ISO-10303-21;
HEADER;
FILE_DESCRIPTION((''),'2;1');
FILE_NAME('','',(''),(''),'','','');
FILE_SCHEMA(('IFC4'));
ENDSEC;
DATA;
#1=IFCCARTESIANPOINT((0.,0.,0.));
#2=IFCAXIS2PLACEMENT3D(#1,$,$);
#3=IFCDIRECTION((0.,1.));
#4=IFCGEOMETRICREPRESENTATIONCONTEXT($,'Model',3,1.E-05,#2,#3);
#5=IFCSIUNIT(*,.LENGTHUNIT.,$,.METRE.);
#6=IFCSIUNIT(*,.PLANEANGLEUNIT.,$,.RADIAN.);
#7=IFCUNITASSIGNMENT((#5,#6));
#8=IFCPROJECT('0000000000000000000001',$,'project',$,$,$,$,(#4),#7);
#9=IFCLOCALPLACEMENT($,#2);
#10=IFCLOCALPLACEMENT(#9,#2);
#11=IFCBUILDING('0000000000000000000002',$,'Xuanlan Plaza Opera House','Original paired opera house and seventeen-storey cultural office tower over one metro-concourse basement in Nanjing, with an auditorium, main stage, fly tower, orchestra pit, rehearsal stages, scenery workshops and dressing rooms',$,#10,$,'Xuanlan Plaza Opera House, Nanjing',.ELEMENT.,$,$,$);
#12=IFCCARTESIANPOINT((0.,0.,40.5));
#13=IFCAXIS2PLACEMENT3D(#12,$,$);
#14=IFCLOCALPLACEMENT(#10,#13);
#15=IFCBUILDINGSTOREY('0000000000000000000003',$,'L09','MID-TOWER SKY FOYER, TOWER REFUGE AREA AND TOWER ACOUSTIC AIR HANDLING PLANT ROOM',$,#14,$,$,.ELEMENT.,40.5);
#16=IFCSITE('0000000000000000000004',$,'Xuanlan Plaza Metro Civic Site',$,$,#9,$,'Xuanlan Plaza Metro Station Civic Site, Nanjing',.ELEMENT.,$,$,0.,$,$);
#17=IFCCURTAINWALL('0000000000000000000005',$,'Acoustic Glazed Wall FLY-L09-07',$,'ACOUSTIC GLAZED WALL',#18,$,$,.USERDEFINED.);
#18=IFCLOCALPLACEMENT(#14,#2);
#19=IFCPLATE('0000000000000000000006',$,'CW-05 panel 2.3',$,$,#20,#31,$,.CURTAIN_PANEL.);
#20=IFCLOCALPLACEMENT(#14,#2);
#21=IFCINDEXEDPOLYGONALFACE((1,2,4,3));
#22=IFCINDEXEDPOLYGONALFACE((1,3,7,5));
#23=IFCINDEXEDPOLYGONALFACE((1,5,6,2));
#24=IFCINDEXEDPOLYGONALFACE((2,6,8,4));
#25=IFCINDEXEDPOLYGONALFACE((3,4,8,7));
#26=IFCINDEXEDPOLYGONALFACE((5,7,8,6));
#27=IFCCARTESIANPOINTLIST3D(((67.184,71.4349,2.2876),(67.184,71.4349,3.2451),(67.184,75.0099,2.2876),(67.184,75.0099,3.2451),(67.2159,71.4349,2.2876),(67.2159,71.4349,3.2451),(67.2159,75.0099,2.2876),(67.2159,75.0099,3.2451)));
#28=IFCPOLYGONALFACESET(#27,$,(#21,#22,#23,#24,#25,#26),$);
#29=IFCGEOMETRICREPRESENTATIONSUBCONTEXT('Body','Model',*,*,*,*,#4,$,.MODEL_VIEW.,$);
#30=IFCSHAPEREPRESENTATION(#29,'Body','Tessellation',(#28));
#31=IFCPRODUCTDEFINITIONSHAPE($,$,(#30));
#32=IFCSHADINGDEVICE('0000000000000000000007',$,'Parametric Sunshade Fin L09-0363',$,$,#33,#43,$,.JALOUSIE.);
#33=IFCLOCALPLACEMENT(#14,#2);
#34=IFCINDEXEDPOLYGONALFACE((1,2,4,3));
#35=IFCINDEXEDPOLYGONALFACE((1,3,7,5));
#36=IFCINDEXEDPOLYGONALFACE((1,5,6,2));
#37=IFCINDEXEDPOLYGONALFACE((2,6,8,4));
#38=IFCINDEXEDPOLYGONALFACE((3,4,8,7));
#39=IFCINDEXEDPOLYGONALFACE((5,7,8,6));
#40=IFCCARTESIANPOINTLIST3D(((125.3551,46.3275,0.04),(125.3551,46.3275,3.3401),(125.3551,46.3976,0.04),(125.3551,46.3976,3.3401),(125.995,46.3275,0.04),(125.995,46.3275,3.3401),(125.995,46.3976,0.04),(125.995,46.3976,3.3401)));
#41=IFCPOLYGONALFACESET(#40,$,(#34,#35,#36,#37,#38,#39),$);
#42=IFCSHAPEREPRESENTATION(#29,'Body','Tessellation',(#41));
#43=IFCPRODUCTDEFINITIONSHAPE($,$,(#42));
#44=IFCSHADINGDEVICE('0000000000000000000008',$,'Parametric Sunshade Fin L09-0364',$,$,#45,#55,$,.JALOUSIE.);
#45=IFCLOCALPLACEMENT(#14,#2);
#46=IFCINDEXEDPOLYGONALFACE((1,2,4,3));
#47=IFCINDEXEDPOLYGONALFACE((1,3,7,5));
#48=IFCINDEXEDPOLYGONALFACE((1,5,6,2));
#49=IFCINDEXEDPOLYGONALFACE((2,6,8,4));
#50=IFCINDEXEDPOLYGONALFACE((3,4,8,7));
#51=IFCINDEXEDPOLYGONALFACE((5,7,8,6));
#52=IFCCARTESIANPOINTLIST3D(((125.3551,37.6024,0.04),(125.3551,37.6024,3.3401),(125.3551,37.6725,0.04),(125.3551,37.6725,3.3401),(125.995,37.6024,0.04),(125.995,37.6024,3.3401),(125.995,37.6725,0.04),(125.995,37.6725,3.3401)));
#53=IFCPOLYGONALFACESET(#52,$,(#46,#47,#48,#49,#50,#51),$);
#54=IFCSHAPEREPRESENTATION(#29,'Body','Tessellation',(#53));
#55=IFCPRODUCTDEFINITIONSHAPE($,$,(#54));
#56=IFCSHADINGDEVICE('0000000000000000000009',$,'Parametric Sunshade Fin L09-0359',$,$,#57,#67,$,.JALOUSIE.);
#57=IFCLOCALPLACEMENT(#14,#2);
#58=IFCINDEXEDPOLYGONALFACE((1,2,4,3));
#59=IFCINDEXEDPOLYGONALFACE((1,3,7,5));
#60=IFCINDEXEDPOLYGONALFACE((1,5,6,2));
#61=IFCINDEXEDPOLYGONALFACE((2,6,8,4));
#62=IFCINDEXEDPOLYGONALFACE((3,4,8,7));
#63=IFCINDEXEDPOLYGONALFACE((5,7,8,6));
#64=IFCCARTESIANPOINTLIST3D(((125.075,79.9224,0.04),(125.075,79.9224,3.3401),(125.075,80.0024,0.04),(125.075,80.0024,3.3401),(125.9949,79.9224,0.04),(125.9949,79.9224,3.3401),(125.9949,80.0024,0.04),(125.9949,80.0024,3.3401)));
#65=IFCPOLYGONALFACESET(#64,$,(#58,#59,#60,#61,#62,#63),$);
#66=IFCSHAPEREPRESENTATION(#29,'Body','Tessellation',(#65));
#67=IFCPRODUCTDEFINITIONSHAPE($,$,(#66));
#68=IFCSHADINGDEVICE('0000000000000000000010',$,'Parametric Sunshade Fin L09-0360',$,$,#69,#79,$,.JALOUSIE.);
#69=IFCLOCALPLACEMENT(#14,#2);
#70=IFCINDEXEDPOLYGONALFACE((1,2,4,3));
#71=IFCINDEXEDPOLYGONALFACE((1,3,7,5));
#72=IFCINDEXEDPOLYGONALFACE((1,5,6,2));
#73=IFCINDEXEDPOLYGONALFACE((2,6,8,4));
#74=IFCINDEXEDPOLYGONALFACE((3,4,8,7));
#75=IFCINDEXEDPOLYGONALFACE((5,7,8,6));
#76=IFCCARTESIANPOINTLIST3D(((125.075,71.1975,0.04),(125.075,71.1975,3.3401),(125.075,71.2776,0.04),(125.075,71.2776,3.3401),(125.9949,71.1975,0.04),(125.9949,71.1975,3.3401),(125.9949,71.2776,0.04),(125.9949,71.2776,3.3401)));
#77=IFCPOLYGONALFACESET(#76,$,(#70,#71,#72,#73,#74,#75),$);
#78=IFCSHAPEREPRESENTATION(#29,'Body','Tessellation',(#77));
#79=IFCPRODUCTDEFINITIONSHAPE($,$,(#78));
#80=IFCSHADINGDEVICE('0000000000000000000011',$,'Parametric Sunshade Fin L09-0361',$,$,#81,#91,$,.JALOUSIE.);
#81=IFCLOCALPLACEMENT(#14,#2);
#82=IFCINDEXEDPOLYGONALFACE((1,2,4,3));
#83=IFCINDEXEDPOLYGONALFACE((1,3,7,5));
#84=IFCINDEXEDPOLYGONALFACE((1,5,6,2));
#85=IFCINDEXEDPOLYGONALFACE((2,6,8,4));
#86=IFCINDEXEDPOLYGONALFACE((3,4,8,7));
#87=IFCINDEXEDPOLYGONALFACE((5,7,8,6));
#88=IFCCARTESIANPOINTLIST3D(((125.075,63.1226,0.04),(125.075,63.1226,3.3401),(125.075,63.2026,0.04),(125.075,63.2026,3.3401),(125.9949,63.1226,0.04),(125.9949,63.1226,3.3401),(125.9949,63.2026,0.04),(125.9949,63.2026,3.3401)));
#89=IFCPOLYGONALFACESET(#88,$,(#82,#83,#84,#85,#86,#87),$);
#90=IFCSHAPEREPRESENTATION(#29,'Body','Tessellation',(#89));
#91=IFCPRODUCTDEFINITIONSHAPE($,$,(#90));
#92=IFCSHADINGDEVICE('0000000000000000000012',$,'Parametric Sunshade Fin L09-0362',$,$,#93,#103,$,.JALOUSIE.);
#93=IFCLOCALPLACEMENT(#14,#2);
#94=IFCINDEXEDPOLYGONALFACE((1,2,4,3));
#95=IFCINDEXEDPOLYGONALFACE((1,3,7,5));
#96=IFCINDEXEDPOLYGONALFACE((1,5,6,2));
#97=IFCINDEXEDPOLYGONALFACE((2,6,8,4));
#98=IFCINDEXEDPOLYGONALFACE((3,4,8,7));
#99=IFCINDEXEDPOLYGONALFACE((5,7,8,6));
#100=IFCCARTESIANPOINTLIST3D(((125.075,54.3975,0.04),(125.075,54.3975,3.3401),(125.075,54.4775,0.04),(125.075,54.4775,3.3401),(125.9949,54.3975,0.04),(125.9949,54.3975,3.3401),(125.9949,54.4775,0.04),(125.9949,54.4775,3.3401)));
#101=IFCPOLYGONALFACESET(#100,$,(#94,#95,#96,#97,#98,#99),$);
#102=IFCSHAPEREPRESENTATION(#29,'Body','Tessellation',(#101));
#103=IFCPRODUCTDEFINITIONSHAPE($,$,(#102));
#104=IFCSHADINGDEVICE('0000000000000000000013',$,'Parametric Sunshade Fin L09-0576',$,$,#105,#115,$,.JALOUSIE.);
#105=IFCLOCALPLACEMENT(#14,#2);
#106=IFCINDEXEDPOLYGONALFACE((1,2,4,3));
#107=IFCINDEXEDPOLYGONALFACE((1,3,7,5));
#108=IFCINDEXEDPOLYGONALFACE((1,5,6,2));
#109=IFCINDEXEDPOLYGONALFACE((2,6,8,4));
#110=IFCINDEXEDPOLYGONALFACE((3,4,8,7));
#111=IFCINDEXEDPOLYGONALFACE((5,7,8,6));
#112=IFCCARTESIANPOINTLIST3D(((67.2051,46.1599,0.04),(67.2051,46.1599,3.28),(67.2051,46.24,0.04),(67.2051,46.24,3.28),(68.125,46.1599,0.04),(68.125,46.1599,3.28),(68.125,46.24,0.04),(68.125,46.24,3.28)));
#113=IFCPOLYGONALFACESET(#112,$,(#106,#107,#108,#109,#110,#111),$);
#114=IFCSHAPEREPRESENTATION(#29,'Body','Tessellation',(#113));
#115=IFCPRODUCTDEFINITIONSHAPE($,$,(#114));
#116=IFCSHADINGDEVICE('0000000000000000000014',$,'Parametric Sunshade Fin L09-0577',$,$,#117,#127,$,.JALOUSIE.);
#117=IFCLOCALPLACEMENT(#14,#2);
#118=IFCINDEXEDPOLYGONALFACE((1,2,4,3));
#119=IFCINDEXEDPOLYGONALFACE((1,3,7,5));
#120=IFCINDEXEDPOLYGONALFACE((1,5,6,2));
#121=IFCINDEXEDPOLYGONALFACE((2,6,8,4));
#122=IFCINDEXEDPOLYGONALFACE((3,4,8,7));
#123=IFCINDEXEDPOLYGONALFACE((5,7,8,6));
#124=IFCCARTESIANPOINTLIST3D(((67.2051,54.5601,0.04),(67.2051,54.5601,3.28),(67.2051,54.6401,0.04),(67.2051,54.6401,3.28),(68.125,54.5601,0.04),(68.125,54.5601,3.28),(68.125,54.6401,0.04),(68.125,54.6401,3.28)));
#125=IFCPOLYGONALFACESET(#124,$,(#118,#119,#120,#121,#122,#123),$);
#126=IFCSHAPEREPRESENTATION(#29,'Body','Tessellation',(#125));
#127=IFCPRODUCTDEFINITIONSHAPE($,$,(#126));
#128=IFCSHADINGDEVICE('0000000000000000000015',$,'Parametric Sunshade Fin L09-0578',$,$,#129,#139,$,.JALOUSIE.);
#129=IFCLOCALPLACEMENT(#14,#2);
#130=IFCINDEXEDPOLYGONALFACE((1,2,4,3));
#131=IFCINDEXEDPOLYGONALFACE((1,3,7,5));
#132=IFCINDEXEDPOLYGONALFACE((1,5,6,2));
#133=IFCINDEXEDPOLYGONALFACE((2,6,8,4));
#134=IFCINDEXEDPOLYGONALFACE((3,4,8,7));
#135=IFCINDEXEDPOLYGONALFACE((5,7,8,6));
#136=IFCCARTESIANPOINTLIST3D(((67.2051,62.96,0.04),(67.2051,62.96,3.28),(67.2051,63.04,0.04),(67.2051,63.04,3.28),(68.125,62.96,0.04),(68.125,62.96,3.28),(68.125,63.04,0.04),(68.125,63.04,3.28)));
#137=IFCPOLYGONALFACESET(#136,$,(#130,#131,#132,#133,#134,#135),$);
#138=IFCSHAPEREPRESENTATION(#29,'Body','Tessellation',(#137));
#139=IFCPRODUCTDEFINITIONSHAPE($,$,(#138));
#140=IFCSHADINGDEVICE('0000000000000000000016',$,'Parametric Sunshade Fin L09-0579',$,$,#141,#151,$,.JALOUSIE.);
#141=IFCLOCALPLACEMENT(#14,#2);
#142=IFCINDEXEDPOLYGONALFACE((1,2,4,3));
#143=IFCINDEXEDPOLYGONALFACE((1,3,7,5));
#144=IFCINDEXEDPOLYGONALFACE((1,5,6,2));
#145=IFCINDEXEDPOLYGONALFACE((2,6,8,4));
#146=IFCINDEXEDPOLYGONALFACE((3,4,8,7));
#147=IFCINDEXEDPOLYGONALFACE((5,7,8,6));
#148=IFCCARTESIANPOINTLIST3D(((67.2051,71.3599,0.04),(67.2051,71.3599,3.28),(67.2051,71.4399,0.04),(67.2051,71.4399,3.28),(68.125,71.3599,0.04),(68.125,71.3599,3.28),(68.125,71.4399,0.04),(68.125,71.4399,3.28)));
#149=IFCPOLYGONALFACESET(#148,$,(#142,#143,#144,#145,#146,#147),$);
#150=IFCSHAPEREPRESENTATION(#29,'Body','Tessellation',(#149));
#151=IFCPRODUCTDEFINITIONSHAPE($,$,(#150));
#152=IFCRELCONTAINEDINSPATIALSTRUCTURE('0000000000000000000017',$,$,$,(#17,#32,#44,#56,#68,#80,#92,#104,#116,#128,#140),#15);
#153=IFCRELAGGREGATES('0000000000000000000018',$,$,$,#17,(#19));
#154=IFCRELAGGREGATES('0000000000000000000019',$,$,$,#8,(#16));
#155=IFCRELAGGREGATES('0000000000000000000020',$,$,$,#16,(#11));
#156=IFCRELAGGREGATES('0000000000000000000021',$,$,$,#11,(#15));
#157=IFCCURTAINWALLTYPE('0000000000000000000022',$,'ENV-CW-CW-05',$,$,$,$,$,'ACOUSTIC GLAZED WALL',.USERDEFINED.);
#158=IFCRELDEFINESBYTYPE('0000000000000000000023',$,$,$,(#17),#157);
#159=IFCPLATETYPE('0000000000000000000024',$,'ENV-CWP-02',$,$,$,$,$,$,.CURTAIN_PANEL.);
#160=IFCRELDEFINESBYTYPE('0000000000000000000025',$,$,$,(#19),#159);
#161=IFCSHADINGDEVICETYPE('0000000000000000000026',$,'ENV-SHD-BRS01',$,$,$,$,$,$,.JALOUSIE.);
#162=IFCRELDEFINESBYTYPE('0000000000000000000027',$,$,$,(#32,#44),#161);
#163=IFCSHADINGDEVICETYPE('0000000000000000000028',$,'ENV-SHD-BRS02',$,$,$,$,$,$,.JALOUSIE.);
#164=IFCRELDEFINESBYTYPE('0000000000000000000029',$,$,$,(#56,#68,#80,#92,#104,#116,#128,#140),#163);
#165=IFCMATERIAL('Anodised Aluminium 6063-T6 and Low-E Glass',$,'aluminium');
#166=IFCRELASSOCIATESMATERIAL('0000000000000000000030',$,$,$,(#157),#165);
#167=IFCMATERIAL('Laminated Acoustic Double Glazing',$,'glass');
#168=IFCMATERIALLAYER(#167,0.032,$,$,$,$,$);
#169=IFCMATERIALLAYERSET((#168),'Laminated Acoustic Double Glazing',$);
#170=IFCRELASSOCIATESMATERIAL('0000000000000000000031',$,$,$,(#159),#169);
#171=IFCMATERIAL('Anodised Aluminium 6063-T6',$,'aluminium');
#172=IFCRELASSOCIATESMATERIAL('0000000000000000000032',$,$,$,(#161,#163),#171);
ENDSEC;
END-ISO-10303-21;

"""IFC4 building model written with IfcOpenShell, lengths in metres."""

from ifc_helpers import new_model, si_unit, direction, frame, origin, origin_2d, place, context, subcontext, project, spatial, rectangle, extrude, material, layer, layer_set, type_object, element, aggregate, save


model = new_model("IFC4")

# Units and contexts
model_context = context("Model", 3, precision=1e-05, world=origin(), true_north=direction((0.0, 1.0)))
body_context = subcontext(model_context, "Body", "Model", "MODEL_VIEW")
ifc_project = project(units=[si_unit("LENGTHUNIT", "METRE"), si_unit("PLANEANGLEUNIT", "RADIAN")], contexts=[model_context])

# Site, building, storey
site_placement = place(None, origin())
site = spatial("IfcSite", under=ifc_project, at=site_placement, Name="Xuanlan Plaza Metro Civic Site", LongName="Xuanlan Plaza Metro Station Civic Site, Nanjing", CompositionType="ELEMENT", RefElevation=0.0)
building_placement = place(site_placement, origin())
building = spatial("IfcBuilding", under=site, at=building_placement, Name="Xuanlan Plaza Opera House", Description="Original paired opera house and seventeen-storey cultural office tower over one metro-concourse basement in Nanjing, with an auditorium, main stage, fly tower, orchestra pit, rehearsal stages, scenery workshops and dressing rooms", LongName="Xuanlan Plaza Opera House, Nanjing", CompositionType="ELEMENT")
storey_placement = place(building_placement, frame((0.0, 0.0, 40.5)))
storey = spatial("IfcBuildingStorey", under=building, at=storey_placement, Name="L09", Description="MID-TOWER SKY FOYER, TOWER REFUGE AREA AND TOWER ACOUSTIC AIR HANDLING PLANT ROOM", CompositionType="ELEMENT", Elevation=40.5)

# Curtain wall
ifc_material_1 = material(Name="Anodised Aluminium 6063-T6 and Low-E Glass", Category="aluminium")
curtain_wall_type = type_object("IfcCurtainWallType", Name="ENV-CW-CW-05", ElementType="ACOUSTIC GLAZED WALL", PredefinedType="USERDEFINED", material=ifc_material_1)
curtain_wall_placement = place(storey_placement, origin())
curtain_wall = element("IfcCurtainWall", 1, at=curtain_wall_placement, inside=storey, type_object=curtain_wall_type, Name="Acoustic Glazed Wall FLY-L09-07", ObjectType="ACOUSTIC GLAZED WALL", PredefinedType="USERDEFINED")
ifc_material_2 = material(Name="Anodised Aluminium 6063-T6", Category="aluminium")

# Plate
ifc_material_3 = material(Name="Laminated Acoustic Double Glazing", Category="glass")
ifc_layer = layer(ifc_material_3, 0.032)
ifc_layer_set = layer_set([ifc_layer], Name="Laminated Acoustic Double Glazing")
plate_type = type_object("IfcPlateType", Name="ENV-CWP-02", PredefinedType="CURTAIN_PANEL", material=ifc_layer_set)
plate_1_placement = place(storey_placement, frame((67.2, 73.2224, 2.2876), z_axis=(0.0, 0.0, 1.0), x_axis=(0.0, 1.0, 0.0)))
plate_1 = element("IfcPlate", 2, at=plate_1_placement, type_object=plate_type, Name="CW-05 panel 2.3", PredefinedType="CURTAIN_PANEL", context=body_context, shape_type="SweptSolid", body=[
    extrude(rectangle(XDim=3.575, YDim=0.032, at=origin_2d()), origin(), (0.0, 0.0, 1.0), 0.9575),
])
aggregate(curtain_wall, [plate_1])

# Shading devices
shading_device_type_1 = type_object("IfcShadingDeviceType", Name="ENV-SHD-BRS01", PredefinedType="JALOUSIE", material=ifc_material_2)
for number, where, z_axis, x_axis, name in (
    (3, (125.675, 46.3625, 0.04), (0.0, 0.0, 1.0), (-1.0, 0.0, 0.0), "Parametric Sunshade Fin L09-0363"),
    (4, (125.675, 37.6375, 0.04), (0.0, 0.0, 1.0), (-1.0, 0.0, 0.0), "Parametric Sunshade Fin L09-0364"),
):
    element("IfcShadingDevice", number, at=place(storey_placement, frame(where, z_axis=z_axis, x_axis=x_axis)), inside=storey, type_object=shading_device_type_1, Name=name, PredefinedType="JALOUSIE", context=body_context, shape_type="SweptSolid", body=[
        extrude(rectangle(XDim=0.6399, YDim=0.0701, at=origin_2d()), origin(), (0.0, 0.0, 1.0), 3.3),
    ])
shading_device_type_2 = type_object("IfcShadingDeviceType", Name="ENV-SHD-BRS02", PredefinedType="JALOUSIE", material=ifc_material_2)
for number, where, z_axis, x_axis, name in (
    (5, (125.5349, 79.9624, 0.04), (0.0, 0.0, 1.0), (-1.0, 0.0, 0.0), "Parametric Sunshade Fin L09-0359"),
    (6, (125.5349, 71.2375, 0.04), (0.0, 0.0, 1.0), (-1.0, 0.0, 0.0), "Parametric Sunshade Fin L09-0360"),
    (7, (125.5349, 63.1626, 0.04), (0.0, 0.0, 1.0), (-1.0, 0.0, 0.0), "Parametric Sunshade Fin L09-0361"),
    (8, (125.5349, 54.4375, 0.04), (0.0, 0.0, 1.0), (-1.0, 0.0, 0.0), "Parametric Sunshade Fin L09-0362"),
):
    element("IfcShadingDevice", number, at=place(storey_placement, frame(where, z_axis=z_axis, x_axis=x_axis)), inside=storey, type_object=shading_device_type_2, Name=name, PredefinedType="JALOUSIE", context=body_context, shape_type="SweptSolid", body=[
        extrude(rectangle(XDim=0.9199, YDim=0.0801, at=origin_2d()), origin(), (0.0, 0.0, 1.0), 3.3),
    ])
for number, where, z_axis, x_axis, name in (
    (9, (67.665, 46.2, 0.04), (0.0, 0.0, 1.0), (1.0, 0.0, 0.0), "Parametric Sunshade Fin L09-0576"),
    (10, (67.665, 54.6001, 0.04), (0.0, 0.0, 1.0), (1.0, 0.0, 0.0), "Parametric Sunshade Fin L09-0577"),
    (11, (67.665, 63.0, 0.04), (0.0, 0.0, 1.0), (1.0, 0.0, 0.0), "Parametric Sunshade Fin L09-0578"),
    (12, (67.665, 71.3999, 0.04), (0.0, 0.0, 1.0), (1.0, 0.0, 0.0), "Parametric Sunshade Fin L09-0579"),
):
    element("IfcShadingDevice", number, at=place(storey_placement, frame(where, z_axis=z_axis, x_axis=x_axis)), inside=storey, type_object=shading_device_type_2, Name=name, PredefinedType="JALOUSIE", context=body_context, shape_type="SweptSolid", body=[
        extrude(rectangle(XDim=0.9199, YDim=0.0801, at=origin_2d()), origin(), (0.0, 0.0, 1.0), 3.24),
    ])

save(model, "model.ifc")
